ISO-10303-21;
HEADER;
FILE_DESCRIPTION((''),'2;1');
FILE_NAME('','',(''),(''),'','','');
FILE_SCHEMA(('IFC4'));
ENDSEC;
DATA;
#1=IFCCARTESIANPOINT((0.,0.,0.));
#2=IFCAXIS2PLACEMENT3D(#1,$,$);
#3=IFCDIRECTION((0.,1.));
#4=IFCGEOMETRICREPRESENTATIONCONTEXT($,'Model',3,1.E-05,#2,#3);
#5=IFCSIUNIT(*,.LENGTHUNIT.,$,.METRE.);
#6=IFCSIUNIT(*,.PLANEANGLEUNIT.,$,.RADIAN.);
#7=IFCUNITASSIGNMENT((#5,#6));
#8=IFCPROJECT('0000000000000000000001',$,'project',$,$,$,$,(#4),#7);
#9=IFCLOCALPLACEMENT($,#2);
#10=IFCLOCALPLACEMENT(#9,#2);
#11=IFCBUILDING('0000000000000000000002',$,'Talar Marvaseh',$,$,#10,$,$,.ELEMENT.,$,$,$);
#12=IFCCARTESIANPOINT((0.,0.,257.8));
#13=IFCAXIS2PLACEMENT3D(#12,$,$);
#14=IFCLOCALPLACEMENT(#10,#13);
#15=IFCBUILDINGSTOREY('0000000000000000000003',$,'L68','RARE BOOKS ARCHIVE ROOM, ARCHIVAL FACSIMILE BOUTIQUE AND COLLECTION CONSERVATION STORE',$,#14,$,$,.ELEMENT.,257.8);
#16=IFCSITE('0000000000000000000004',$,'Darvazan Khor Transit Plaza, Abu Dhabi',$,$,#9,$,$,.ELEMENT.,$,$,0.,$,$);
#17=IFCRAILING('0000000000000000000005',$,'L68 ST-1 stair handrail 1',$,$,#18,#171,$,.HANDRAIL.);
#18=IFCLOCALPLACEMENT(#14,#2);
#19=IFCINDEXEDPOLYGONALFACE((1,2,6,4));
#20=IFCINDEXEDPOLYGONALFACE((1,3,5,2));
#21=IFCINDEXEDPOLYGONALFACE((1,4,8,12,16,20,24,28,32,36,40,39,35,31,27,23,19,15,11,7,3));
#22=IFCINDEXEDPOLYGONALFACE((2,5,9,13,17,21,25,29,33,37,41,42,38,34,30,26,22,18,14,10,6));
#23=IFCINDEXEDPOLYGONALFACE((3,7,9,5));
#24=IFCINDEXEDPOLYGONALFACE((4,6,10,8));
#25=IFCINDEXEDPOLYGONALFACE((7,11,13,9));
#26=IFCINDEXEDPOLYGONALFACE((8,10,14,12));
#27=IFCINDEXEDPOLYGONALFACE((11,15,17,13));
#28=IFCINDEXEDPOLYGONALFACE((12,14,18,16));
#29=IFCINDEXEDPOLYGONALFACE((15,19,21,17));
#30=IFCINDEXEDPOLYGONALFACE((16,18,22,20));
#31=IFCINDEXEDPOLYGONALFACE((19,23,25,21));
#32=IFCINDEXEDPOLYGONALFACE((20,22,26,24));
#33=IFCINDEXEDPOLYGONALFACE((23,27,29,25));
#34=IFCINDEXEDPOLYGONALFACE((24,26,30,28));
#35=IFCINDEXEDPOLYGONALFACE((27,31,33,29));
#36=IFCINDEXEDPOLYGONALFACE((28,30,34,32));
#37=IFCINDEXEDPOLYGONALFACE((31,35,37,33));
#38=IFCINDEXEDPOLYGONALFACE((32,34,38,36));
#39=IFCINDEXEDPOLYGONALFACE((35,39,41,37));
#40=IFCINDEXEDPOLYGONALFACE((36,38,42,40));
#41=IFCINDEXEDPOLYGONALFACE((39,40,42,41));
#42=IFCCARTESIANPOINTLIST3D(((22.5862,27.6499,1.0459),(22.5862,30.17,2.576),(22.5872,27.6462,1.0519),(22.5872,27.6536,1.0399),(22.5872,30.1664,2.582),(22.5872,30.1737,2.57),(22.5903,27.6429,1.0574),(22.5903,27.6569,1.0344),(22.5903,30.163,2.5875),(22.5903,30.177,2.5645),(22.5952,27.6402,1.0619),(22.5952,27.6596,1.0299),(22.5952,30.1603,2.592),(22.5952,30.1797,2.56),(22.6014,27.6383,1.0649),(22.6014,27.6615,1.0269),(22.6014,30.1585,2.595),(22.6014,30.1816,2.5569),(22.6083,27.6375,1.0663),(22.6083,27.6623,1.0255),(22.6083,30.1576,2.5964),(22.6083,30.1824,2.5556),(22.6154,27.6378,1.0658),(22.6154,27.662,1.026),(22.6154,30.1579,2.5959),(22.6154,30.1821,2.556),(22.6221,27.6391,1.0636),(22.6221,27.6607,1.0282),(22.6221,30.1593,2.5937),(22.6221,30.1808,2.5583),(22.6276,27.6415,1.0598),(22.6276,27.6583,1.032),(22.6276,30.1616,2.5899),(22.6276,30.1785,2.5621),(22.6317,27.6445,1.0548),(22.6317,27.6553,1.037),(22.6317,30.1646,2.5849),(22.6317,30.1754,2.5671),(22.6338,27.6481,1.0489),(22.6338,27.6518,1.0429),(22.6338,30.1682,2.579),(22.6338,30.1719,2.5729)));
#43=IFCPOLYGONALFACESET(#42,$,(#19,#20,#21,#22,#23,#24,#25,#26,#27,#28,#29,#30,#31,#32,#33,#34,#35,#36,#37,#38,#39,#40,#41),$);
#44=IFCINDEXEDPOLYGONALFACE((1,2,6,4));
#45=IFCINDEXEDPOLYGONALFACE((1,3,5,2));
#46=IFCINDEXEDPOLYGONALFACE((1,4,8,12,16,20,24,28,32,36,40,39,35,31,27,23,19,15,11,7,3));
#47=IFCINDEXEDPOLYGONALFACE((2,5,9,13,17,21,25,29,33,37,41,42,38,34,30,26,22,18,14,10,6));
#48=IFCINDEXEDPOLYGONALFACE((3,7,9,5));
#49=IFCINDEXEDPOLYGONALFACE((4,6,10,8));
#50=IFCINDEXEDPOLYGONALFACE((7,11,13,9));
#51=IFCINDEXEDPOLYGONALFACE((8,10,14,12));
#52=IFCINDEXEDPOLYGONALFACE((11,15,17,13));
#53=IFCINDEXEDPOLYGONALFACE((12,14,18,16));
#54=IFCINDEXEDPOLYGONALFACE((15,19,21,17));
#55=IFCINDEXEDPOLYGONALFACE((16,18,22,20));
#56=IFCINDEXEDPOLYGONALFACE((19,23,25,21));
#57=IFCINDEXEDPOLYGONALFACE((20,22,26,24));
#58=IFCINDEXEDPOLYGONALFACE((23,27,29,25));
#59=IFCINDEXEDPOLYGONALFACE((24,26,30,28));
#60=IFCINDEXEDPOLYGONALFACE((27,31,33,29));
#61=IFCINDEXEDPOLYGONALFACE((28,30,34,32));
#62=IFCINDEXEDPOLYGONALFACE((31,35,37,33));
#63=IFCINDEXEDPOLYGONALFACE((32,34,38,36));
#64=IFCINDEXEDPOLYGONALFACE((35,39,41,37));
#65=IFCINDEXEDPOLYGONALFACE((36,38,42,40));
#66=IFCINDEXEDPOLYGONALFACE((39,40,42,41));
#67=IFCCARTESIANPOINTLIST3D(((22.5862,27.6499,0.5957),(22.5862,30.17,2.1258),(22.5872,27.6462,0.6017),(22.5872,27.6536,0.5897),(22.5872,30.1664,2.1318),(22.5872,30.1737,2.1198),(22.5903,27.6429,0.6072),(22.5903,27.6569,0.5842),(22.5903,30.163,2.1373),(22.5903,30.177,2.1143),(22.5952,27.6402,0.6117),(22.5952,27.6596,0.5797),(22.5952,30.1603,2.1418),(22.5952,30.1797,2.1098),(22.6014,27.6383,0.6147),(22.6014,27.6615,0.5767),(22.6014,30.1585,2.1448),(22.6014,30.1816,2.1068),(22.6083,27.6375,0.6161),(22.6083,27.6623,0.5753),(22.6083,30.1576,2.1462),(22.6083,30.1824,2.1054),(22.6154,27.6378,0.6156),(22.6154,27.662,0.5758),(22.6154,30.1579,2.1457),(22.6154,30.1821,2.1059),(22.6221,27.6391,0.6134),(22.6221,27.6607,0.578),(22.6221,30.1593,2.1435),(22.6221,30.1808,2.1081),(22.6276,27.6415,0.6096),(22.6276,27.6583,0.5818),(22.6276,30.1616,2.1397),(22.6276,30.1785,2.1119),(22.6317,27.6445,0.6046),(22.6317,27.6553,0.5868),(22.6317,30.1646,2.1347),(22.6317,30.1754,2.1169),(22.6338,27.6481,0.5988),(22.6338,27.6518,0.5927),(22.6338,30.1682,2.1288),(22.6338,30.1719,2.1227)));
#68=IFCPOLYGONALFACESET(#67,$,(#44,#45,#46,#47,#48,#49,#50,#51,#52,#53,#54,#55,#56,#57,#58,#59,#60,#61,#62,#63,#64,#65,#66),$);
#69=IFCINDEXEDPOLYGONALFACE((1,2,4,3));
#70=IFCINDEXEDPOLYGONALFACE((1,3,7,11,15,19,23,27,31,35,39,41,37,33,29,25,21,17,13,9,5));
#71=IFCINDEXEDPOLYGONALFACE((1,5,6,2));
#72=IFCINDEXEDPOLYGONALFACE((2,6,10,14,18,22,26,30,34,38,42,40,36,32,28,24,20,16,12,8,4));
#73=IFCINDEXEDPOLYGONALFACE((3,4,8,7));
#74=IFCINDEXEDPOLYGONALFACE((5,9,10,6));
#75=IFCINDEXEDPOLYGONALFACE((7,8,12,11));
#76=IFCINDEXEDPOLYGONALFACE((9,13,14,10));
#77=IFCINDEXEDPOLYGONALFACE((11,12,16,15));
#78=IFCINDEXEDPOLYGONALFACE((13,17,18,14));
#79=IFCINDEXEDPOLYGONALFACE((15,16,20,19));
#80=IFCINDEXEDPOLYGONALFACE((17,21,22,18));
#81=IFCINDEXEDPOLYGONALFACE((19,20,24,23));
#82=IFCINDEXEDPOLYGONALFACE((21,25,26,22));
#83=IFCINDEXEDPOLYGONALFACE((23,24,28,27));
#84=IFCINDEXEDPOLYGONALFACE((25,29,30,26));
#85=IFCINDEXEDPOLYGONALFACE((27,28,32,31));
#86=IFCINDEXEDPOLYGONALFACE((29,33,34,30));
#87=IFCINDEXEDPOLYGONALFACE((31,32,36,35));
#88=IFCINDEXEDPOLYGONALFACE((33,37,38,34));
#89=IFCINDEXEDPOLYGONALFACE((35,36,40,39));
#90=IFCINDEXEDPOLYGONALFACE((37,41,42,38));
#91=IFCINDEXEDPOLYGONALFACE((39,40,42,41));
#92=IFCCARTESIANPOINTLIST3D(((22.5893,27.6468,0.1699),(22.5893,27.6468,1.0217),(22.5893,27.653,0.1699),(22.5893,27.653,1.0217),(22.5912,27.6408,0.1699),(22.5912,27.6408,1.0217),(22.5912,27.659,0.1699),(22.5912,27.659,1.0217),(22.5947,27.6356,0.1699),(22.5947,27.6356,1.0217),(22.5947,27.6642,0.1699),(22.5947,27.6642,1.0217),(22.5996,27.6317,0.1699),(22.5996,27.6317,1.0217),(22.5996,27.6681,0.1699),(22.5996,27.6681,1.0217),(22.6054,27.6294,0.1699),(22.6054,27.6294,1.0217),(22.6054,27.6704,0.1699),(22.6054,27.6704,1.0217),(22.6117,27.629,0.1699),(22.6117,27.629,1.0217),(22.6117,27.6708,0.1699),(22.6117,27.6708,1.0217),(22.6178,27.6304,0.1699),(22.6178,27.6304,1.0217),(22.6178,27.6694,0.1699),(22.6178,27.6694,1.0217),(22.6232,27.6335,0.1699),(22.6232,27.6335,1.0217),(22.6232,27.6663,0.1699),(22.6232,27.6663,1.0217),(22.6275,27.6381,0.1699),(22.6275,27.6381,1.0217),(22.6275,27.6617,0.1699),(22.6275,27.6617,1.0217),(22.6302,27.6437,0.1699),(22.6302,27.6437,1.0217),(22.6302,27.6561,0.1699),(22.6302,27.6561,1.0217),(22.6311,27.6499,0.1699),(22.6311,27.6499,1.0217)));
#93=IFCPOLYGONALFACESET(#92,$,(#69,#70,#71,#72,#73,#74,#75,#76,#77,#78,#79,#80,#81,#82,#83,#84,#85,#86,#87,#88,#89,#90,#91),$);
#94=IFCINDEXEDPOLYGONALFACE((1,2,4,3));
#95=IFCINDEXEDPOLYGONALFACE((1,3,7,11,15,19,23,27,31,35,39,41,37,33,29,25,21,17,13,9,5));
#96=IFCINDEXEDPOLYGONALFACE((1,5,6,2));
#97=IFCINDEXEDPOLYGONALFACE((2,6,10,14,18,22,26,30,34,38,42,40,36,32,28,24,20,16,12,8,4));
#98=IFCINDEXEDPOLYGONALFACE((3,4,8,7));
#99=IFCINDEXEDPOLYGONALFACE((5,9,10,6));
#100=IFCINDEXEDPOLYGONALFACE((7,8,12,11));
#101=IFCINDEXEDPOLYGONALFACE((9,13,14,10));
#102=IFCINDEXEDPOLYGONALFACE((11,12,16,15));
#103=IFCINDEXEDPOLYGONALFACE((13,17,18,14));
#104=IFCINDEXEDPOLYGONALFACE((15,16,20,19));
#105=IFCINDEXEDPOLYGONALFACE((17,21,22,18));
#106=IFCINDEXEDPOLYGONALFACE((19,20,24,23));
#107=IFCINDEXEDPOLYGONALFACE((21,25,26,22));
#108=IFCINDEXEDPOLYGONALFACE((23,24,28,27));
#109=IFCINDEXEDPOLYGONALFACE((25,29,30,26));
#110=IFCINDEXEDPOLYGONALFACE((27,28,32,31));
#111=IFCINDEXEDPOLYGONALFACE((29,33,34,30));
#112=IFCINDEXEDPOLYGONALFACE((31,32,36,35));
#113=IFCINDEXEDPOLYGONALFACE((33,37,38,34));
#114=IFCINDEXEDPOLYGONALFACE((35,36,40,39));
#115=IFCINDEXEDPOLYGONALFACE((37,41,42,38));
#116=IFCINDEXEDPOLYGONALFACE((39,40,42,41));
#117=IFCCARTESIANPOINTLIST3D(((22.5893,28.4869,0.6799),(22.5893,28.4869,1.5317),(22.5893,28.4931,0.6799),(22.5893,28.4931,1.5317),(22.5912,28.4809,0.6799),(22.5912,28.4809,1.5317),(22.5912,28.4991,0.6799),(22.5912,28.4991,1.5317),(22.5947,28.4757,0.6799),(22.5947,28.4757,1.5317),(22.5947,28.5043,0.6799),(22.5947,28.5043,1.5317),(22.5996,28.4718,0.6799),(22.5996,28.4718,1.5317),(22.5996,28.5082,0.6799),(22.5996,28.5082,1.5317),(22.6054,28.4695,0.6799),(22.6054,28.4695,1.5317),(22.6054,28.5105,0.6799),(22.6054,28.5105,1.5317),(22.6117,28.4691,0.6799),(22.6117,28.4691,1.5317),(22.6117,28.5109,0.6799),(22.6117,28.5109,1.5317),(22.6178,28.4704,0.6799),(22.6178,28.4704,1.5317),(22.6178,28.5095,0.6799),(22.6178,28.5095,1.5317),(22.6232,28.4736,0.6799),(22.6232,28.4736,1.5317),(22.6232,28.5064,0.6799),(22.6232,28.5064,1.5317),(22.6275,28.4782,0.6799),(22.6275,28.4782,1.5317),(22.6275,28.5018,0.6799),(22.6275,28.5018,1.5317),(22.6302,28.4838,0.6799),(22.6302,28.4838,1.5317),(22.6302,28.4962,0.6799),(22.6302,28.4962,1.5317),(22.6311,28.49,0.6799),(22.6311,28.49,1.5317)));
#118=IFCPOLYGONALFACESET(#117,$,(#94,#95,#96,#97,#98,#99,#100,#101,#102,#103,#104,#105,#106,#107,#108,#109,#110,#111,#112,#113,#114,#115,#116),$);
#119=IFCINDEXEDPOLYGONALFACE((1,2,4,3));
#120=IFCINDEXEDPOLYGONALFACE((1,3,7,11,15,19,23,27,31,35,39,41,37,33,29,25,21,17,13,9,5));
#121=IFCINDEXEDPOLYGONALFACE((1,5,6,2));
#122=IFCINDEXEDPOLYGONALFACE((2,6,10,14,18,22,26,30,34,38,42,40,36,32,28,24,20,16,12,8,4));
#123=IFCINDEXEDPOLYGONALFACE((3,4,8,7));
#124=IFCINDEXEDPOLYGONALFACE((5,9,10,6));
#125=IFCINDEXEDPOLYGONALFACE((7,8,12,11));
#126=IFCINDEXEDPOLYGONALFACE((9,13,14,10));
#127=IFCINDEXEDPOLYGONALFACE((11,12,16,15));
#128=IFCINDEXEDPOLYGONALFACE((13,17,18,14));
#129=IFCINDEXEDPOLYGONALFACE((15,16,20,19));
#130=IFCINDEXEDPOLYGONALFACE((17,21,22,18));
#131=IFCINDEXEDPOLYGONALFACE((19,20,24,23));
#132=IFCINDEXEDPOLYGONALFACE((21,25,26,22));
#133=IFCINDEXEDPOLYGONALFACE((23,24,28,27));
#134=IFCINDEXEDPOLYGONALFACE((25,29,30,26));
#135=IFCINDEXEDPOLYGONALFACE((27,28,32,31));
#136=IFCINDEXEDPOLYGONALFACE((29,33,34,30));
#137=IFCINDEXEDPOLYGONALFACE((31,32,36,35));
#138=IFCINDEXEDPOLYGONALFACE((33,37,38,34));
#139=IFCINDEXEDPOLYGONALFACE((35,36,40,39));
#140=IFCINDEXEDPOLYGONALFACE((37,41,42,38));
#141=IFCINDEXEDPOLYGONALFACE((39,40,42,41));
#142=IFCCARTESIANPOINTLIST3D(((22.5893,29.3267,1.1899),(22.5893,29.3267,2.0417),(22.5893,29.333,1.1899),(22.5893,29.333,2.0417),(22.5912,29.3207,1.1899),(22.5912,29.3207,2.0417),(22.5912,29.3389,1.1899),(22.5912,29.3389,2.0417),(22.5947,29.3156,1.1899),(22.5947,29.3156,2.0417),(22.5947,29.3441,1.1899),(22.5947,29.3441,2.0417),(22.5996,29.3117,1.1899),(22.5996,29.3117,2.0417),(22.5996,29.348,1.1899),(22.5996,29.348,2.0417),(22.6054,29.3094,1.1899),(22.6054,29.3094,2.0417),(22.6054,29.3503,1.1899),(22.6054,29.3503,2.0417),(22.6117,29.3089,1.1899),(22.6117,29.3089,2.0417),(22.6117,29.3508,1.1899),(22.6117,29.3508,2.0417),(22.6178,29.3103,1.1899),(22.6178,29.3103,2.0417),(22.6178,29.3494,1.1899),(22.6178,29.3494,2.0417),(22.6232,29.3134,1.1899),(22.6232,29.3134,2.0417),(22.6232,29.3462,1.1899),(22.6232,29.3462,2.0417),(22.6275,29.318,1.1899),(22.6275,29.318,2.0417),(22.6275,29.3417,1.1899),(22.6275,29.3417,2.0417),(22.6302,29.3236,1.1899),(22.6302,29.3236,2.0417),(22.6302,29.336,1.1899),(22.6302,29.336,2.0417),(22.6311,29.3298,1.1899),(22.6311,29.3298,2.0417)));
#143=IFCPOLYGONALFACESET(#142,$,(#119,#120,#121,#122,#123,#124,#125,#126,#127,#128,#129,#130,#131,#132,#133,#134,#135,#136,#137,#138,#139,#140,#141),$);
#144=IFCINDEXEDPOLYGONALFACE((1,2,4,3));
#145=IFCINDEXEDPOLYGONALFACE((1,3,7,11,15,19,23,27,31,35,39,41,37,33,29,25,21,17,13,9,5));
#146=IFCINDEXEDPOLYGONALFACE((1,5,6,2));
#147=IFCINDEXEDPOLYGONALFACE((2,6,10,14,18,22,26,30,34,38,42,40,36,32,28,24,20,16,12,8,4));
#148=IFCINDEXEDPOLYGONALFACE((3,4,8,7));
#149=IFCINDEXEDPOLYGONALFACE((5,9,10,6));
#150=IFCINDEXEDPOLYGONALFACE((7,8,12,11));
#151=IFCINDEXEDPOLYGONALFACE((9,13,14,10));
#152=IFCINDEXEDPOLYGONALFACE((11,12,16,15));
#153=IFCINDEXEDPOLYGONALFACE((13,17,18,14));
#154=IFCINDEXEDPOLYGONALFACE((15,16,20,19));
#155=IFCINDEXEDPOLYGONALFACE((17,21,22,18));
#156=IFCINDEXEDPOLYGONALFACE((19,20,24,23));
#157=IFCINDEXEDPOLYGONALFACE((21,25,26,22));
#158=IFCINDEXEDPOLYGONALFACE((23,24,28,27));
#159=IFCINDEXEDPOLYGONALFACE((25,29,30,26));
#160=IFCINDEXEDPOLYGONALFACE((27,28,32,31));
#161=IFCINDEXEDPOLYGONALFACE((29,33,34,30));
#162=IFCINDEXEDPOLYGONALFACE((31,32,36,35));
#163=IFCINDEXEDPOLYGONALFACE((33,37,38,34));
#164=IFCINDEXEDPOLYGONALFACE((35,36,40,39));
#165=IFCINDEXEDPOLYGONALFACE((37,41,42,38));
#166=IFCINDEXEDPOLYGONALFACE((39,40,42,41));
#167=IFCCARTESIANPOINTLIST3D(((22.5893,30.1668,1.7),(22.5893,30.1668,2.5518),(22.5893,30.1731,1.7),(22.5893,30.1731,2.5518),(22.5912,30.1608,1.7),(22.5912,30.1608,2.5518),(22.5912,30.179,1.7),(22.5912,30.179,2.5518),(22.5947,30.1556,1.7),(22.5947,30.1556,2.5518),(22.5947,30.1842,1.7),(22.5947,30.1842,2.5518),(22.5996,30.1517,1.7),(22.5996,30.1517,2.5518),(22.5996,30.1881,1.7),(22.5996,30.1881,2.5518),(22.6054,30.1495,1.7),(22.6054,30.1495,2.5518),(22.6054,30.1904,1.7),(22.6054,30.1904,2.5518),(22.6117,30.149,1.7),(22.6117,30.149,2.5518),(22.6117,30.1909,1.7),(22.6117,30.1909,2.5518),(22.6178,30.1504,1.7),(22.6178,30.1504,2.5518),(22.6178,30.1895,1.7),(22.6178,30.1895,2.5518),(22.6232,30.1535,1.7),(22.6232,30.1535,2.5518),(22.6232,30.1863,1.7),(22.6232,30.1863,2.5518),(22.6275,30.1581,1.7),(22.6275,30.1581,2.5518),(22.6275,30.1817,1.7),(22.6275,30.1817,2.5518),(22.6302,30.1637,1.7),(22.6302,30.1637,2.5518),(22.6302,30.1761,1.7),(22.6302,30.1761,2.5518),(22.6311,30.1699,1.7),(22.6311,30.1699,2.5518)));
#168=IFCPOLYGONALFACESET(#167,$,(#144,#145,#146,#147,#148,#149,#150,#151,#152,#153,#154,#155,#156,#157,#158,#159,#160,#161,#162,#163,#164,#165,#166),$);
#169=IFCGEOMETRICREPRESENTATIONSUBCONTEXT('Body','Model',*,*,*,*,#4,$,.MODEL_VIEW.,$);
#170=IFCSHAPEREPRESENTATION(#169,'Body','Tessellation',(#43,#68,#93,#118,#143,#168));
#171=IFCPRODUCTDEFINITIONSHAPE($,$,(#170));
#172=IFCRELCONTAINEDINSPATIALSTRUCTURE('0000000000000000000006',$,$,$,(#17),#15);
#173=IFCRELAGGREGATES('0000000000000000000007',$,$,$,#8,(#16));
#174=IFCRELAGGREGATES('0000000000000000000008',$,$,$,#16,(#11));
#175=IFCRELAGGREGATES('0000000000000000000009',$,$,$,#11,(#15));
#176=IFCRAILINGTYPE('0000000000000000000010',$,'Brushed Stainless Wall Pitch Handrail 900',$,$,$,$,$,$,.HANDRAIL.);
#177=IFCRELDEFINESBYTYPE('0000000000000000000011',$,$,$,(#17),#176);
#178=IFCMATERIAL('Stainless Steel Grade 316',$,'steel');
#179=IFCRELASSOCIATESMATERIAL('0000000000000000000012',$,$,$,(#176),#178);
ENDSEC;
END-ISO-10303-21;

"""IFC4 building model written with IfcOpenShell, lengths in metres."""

from ifc_helpers import new_model, si_unit, direction, frame, origin, origin_2d, place, context, subcontext, project, spatial, circle, extrude, material, type_object, element, save


model = new_model("IFC4")

# Units and contexts
model_context = context("Model", 3, precision=1e-05, world=origin(), true_north=direction((0.0, 1.0)))
body_context = subcontext(model_context, "Body", "Model", "MODEL_VIEW")
ifc_project = project(units=[si_unit("LENGTHUNIT", "METRE"), si_unit("PLANEANGLEUNIT", "RADIAN")], contexts=[model_context])

# Site, building, storey
site_placement = place(None, origin())
site = spatial("IfcSite", under=ifc_project, at=site_placement, Name="Darvazan Khor Transit Plaza, Abu Dhabi", CompositionType="ELEMENT", RefElevation=0.0)
building_placement = place(site_placement, origin())
building = spatial("IfcBuilding", under=site, at=building_placement, Name="Talar Marvaseh", CompositionType="ELEMENT")
storey_placement = place(building_placement, frame((0.0, 0.0, 257.8)))
storey = spatial("IfcBuildingStorey", under=building, at=storey_placement, Name="L68", Description="RARE BOOKS ARCHIVE ROOM, ARCHIVAL FACSIMILE BOUTIQUE AND COLLECTION CONSERVATION STORE", CompositionType="ELEMENT", Elevation=257.8)

# Railing
ifc_material_1 = material(Name="Stainless Steel Grade 316", Category="steel")
railing_type_1 = type_object("IfcRailingType", Name="Brushed Stainless Wall Pitch Handrail 900", PredefinedType="HANDRAIL", material=ifc_material_1)
railing_1_placement = place(storey_placement, frame((22.6101, 27.6499, 0.1699)))
element("IfcRailing", 1, at=railing_1_placement, inside=storey, type_object=railing_type_1, Name="L68 ST-1 stair handrail 1", PredefinedType="HANDRAIL", context=body_context, shape_type="SweptSolid", body=[
    extrude(circle(Radius=0.0239, at=origin_2d()), frame((0.0, 0.0, 0.876), z_axis=(0.0, 0.854785, 0.518982), x_axis=(-1.0, 0.0, 0.0)), (0.0, 0.0, 1.0), 2.9482),
    extrude(circle(Radius=0.0239, at=origin_2d()), frame((0.0, 0.0, 0.4258), z_axis=(0.0, 0.854785, 0.518982), x_axis=(-1.0, 0.0, 0.0)), (0.0, 0.0, 1.0), 2.9482),
    extrude(circle(Radius=0.021, at=origin_2d()), origin(), (0.0, 0.0, 1.0), 0.8518),
    extrude(circle(Radius=0.021, at=origin_2d()), frame((0.0, 0.8401, 0.51)), (0.0, 0.0, 1.0), 0.8518),
    extrude(circle(Radius=0.021, at=origin_2d()), frame((0.0, 1.6799, 1.02)), (0.0, 0.0, 1.0), 0.8518),
    extrude(circle(Radius=0.021, at=origin_2d()), frame((0.0, 2.52, 1.53)), (0.0, 0.0, 1.0), 0.8518),
])

save(model, "model.ifc")
